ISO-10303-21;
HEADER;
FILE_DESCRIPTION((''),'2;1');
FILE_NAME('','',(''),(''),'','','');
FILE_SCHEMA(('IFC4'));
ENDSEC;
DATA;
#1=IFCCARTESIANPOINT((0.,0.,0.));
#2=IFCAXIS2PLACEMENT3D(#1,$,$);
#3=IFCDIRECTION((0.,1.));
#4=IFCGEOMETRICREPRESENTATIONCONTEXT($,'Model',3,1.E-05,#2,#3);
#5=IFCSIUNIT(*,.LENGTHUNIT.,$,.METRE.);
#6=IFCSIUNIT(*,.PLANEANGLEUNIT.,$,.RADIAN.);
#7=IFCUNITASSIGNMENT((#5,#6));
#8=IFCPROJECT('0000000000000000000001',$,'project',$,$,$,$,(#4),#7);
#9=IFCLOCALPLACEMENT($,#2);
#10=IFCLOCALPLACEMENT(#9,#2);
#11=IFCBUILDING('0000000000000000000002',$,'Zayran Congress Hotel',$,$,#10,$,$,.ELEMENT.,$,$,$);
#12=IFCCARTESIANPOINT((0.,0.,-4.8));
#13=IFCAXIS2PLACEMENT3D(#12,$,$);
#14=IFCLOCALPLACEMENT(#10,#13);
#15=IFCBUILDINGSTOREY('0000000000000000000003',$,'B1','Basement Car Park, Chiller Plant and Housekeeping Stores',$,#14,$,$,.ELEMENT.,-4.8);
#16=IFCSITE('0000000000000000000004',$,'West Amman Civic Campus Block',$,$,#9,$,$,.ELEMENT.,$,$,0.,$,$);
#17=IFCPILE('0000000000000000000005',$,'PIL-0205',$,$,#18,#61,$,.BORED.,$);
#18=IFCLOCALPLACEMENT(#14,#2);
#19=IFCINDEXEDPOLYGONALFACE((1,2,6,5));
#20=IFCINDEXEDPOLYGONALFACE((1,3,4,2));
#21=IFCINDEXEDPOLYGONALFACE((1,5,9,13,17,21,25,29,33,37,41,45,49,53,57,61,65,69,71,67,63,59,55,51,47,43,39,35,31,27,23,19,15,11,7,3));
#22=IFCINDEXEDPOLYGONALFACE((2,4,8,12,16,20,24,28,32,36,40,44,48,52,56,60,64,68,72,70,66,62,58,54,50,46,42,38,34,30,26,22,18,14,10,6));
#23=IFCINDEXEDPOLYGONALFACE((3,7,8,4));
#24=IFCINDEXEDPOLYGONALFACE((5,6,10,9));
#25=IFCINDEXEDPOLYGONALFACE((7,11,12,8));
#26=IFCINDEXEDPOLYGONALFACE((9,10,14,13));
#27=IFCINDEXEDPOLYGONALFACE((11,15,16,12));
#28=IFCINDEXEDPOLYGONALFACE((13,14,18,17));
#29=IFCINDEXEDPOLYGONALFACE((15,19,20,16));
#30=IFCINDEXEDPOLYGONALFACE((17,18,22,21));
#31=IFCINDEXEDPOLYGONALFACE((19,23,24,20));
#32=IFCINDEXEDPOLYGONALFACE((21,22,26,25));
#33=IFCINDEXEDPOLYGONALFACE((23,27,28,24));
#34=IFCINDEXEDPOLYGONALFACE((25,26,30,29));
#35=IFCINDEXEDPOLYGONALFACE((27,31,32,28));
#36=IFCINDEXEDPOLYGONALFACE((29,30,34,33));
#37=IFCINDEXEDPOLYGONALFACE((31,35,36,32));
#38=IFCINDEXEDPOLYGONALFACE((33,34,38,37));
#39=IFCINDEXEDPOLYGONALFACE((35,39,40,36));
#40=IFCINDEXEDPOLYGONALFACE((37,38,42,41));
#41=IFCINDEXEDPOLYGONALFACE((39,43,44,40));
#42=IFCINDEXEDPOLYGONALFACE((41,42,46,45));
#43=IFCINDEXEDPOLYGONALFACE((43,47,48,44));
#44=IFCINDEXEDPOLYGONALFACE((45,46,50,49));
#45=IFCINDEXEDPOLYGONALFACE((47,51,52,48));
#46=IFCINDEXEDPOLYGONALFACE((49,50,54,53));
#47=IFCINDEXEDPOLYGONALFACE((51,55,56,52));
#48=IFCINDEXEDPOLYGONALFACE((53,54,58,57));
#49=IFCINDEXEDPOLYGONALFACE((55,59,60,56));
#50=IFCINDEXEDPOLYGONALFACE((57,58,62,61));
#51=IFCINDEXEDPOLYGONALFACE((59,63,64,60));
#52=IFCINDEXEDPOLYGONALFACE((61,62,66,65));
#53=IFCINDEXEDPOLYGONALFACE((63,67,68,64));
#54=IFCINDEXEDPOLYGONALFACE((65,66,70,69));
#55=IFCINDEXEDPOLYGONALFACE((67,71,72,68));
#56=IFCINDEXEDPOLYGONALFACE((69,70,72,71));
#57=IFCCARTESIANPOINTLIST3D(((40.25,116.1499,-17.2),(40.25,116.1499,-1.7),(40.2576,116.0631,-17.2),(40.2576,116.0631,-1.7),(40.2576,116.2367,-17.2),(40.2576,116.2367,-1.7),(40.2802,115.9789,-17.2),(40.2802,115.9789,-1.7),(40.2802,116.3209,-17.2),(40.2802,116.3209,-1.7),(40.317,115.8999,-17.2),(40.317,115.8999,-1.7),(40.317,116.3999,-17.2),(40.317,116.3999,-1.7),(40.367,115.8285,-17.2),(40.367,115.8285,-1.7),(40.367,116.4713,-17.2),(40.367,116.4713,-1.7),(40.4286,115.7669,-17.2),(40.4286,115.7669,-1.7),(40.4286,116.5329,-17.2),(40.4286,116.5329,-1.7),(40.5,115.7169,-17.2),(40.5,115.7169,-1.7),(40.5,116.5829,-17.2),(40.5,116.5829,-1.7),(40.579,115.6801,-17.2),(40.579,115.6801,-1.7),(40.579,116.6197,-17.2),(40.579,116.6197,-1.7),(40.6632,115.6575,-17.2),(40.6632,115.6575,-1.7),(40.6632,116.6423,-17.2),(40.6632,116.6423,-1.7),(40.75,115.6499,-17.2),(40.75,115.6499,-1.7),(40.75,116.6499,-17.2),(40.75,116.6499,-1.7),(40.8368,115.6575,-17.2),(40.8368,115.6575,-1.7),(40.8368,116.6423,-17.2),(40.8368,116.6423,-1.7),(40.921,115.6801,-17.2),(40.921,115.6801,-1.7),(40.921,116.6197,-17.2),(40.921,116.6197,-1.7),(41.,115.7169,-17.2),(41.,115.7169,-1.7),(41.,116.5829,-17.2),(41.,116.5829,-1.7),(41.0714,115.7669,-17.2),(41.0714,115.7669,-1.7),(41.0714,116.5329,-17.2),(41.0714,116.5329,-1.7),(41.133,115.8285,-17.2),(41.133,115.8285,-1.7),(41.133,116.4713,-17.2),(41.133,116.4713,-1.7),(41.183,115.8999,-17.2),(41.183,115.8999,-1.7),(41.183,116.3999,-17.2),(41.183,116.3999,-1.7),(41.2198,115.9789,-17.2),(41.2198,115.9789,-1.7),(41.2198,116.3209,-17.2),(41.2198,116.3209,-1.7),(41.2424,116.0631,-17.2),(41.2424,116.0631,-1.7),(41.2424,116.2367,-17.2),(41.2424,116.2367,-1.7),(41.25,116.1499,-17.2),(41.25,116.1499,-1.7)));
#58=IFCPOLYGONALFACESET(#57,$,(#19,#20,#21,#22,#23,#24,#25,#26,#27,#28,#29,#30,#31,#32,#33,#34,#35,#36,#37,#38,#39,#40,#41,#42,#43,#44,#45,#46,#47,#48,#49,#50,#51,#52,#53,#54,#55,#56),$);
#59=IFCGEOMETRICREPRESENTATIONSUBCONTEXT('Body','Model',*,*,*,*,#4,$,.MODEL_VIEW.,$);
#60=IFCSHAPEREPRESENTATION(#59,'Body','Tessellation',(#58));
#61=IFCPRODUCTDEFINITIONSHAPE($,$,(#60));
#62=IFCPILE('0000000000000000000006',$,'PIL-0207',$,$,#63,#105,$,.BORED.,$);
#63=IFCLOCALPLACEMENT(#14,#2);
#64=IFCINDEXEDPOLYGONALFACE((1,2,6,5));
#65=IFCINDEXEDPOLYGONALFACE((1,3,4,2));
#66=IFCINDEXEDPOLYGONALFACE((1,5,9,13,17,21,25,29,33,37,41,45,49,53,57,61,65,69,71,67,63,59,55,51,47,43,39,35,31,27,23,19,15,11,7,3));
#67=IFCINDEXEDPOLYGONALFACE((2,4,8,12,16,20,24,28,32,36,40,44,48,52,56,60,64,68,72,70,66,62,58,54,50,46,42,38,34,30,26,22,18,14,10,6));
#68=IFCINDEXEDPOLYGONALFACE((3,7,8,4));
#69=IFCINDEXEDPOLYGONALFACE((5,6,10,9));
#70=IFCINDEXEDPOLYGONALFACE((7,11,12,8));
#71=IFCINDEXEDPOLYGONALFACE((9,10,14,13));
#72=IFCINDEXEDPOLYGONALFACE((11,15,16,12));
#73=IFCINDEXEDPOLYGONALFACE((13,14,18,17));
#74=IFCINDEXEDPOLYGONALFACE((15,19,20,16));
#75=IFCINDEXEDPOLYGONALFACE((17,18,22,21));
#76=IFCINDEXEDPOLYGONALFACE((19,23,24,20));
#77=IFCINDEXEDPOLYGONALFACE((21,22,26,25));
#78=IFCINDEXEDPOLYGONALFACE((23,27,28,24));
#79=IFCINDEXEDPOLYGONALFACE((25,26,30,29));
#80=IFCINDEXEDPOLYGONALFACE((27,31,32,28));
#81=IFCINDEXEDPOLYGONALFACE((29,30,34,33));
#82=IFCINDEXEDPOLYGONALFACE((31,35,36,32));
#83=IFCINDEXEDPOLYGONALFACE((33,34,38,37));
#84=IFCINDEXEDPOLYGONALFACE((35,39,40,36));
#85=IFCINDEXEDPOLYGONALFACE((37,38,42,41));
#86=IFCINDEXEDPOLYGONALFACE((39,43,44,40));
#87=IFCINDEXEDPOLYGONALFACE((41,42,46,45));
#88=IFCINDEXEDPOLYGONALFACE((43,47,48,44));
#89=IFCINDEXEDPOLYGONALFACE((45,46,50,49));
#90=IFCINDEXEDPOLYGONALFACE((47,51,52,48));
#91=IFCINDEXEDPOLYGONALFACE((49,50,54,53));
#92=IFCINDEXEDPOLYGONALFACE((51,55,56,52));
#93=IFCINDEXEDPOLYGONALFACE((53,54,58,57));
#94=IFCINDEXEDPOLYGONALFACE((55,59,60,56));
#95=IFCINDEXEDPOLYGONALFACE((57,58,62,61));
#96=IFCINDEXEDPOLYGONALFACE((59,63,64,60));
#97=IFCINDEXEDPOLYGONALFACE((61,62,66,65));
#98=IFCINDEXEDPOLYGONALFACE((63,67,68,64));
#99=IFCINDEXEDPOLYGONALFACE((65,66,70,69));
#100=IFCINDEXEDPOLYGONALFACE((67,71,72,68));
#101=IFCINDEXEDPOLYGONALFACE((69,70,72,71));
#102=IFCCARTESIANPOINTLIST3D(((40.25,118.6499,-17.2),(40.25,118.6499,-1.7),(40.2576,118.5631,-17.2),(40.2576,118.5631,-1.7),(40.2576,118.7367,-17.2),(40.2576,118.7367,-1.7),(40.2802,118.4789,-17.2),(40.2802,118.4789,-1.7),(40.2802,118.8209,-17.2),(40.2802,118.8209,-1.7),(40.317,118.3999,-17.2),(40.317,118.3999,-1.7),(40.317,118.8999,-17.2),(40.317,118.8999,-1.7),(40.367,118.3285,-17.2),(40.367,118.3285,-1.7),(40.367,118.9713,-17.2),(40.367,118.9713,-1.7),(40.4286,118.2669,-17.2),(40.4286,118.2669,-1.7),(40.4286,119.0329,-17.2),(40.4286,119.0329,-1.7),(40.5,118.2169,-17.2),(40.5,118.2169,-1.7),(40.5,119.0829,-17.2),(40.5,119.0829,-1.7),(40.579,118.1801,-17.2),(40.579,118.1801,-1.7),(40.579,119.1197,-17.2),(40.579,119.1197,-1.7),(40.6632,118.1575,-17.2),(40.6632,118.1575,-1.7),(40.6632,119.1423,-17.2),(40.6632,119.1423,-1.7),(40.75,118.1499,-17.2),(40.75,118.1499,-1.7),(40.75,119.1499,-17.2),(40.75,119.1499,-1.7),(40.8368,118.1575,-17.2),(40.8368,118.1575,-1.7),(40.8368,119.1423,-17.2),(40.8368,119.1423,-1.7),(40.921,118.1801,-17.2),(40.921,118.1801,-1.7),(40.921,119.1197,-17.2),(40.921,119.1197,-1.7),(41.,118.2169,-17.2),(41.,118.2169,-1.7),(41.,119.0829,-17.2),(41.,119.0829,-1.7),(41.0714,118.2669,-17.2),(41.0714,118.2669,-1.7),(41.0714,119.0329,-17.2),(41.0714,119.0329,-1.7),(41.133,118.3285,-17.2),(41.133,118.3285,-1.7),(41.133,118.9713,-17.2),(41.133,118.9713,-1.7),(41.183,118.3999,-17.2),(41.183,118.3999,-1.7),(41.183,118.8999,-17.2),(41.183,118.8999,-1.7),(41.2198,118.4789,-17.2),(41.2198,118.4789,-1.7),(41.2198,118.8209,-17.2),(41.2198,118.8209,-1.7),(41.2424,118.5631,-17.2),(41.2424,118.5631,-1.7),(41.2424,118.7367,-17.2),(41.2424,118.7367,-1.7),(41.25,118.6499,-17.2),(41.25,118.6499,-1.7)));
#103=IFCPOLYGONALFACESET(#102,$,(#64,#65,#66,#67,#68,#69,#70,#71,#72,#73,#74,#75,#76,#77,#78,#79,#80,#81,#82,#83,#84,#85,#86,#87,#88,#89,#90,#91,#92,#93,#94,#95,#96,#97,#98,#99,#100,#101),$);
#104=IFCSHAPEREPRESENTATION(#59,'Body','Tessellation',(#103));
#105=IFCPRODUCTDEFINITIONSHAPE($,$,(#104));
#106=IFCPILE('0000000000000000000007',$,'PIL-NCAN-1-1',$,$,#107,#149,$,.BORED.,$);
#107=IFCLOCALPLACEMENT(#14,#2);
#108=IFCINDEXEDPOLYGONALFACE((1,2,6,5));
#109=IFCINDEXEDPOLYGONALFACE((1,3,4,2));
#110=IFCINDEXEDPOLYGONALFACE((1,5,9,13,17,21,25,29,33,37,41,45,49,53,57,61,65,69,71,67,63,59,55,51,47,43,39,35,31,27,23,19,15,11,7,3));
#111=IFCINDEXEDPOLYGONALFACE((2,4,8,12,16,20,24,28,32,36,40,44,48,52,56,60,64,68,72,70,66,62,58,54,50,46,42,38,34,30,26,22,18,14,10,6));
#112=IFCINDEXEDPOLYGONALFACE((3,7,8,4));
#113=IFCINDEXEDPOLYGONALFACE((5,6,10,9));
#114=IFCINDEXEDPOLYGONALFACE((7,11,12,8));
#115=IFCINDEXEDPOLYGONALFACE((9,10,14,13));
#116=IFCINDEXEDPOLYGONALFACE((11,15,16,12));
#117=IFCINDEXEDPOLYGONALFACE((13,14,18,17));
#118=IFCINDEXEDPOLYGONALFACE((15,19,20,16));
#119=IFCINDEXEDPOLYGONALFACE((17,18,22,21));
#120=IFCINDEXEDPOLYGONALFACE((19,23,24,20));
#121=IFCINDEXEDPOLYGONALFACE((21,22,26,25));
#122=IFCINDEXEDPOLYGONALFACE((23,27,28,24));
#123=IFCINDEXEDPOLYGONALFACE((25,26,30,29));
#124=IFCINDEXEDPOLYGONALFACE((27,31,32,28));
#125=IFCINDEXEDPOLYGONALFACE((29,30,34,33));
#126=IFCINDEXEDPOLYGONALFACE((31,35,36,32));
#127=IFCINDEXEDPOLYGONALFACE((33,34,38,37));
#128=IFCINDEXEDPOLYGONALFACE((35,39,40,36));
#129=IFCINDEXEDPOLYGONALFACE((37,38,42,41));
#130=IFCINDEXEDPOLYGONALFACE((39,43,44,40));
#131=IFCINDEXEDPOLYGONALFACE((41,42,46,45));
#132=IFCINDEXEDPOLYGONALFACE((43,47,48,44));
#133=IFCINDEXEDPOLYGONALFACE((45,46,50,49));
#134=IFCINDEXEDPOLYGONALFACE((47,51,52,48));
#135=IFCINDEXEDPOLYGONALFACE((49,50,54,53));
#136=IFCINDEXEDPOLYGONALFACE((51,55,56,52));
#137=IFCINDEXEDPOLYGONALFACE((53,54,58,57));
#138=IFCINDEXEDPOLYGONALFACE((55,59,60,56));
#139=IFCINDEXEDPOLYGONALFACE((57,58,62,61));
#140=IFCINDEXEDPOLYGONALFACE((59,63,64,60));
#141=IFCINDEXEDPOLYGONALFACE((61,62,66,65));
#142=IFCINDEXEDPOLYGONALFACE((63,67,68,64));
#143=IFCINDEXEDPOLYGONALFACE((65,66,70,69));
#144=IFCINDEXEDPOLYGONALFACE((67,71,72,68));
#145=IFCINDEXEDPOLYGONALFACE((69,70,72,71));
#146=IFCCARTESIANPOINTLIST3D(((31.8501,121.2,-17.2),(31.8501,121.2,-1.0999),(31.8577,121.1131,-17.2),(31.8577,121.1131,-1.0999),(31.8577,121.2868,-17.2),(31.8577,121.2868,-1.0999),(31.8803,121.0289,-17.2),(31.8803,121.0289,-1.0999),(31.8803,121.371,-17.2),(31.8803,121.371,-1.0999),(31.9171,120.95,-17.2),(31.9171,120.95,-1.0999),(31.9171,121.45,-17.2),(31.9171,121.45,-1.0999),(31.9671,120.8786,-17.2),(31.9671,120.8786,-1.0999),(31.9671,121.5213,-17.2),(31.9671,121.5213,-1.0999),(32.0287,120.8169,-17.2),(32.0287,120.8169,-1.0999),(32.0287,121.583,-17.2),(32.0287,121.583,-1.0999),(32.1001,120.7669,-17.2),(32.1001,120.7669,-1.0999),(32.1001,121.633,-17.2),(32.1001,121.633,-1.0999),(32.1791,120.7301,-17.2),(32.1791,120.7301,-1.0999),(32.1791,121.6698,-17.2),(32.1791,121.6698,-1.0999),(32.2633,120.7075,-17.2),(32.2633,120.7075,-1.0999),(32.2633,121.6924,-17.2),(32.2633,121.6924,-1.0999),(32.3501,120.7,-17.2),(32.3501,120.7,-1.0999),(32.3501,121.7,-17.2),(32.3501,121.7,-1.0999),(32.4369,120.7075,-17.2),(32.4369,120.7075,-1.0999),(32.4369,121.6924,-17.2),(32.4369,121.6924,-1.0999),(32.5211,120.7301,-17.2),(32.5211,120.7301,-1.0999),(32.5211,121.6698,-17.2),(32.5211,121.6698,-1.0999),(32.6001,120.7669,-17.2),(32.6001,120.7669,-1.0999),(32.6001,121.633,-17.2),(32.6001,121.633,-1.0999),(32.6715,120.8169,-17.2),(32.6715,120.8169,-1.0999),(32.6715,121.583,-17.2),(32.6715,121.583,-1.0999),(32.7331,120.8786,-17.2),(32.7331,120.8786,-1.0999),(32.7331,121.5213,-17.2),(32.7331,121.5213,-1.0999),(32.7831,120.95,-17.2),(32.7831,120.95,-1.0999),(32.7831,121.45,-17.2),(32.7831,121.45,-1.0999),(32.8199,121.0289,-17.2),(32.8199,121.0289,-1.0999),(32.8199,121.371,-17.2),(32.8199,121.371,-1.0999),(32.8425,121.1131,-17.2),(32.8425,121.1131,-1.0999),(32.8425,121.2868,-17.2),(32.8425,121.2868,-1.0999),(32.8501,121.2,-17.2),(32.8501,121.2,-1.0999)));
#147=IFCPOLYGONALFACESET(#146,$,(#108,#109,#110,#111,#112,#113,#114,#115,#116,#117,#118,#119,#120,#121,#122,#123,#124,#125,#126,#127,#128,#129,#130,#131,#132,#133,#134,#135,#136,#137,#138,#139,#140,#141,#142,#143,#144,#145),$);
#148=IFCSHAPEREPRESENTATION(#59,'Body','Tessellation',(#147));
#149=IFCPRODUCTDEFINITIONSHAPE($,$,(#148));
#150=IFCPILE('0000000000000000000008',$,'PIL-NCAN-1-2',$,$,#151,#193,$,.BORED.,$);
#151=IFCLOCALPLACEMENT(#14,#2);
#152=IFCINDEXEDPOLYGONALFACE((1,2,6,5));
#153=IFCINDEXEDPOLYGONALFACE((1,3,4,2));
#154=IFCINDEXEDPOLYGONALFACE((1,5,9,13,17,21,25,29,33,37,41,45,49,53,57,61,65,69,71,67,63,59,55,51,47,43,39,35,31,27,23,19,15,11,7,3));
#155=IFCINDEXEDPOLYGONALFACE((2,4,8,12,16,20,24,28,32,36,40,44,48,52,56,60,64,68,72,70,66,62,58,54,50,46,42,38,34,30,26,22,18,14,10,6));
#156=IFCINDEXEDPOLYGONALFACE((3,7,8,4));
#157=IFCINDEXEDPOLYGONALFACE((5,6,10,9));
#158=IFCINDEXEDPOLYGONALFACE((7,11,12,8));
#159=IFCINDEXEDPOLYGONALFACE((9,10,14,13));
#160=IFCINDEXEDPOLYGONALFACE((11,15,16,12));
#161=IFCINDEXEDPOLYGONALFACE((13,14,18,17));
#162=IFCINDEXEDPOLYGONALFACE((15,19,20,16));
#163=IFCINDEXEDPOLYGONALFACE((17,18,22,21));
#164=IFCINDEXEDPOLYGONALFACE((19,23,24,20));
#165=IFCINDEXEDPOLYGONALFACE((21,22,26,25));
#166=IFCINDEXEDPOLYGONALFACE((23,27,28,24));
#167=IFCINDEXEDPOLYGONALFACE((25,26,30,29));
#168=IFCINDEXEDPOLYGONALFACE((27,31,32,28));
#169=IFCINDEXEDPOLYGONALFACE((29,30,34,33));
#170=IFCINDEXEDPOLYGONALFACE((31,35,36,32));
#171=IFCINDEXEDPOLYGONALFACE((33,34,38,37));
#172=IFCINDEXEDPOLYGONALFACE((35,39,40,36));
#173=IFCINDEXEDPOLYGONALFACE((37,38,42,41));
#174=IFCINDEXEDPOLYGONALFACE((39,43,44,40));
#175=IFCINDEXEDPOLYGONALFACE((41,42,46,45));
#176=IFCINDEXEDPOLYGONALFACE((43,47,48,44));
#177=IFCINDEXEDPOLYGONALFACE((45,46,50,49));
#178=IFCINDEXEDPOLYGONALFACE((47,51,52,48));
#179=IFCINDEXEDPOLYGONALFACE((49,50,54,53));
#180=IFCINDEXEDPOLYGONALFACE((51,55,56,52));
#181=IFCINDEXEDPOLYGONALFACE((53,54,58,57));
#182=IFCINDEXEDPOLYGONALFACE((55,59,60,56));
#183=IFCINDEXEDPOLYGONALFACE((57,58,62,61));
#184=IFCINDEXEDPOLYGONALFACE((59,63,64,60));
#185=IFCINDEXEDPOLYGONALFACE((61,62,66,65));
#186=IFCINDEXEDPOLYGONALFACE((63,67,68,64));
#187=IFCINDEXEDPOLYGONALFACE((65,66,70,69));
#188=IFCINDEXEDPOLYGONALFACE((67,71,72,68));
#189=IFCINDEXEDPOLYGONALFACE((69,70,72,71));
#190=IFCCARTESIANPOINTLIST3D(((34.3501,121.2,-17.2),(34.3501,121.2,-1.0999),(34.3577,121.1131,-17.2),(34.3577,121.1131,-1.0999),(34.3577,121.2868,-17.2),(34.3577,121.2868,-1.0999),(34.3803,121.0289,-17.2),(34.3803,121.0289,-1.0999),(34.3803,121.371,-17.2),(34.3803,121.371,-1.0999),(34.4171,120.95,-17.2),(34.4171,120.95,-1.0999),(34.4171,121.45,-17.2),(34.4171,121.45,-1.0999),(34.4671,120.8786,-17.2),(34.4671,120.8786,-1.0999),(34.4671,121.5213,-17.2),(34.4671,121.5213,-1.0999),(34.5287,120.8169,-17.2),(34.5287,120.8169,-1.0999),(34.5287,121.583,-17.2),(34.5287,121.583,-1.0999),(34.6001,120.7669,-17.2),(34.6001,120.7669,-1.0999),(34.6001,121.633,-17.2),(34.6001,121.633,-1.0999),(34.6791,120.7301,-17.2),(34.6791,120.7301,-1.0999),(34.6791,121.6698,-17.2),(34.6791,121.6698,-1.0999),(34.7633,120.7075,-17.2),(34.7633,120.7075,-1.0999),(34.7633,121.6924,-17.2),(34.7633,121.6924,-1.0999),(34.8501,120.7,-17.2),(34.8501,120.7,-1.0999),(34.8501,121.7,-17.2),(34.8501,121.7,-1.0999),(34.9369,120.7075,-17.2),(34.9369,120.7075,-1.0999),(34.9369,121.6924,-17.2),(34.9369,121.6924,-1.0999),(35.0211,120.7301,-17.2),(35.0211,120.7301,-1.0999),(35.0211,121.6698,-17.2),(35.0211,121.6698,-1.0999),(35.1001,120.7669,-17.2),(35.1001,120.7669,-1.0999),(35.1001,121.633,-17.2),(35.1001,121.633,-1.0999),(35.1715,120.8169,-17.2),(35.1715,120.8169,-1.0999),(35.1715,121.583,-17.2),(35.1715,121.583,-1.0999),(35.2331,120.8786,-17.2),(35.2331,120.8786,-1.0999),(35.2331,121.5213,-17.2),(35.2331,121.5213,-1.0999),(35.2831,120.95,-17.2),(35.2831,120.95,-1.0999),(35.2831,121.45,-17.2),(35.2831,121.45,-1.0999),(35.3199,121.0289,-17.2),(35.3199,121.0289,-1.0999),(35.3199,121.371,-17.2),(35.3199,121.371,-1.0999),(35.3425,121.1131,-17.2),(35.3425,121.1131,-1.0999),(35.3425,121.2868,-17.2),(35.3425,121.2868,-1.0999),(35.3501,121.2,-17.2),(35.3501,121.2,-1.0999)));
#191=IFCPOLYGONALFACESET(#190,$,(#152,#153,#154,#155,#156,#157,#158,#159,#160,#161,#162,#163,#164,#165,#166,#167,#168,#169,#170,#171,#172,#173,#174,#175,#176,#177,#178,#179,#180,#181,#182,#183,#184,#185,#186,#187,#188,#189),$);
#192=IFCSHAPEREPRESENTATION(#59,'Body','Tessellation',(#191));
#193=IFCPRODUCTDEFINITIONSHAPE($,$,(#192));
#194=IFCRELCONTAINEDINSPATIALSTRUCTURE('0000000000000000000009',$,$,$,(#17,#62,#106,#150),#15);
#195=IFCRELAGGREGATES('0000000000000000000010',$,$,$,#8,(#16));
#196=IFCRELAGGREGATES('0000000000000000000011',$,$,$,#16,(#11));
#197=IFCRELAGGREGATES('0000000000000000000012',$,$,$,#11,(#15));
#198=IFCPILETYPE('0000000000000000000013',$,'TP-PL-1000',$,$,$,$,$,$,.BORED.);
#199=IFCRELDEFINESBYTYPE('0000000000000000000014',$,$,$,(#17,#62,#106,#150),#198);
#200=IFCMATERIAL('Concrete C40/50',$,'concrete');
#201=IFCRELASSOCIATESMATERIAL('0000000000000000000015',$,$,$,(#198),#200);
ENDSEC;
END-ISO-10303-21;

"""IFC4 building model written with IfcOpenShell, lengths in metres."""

from ifc_helpers import new_model, si_unit, direction, frame, origin, origin_2d, place, context, subcontext, project, spatial, circle, extrude, material, material_profile, profile_set, type_object, element, save


model = new_model("IFC4")

# Units and contexts
model_context = context("Model", 3, precision=1e-05, world=origin(), true_north=direction((0.0, 1.0)))
body_context = subcontext(model_context, "Body", "Model", "MODEL_VIEW")
ifc_project = project(units=[si_unit("LENGTHUNIT", "METRE"), si_unit("PLANEANGLEUNIT", "RADIAN")], contexts=[model_context])

# Site, building, storey
site_placement = place(None, origin())
site = spatial("IfcSite", under=ifc_project, at=site_placement, Name="West Amman Civic Campus Block", CompositionType="ELEMENT", RefElevation=0.0)
building_placement = place(site_placement, origin())
building = spatial("IfcBuilding", under=site, at=building_placement, Name="Zayran Congress Hotel", CompositionType="ELEMENT")
storey_placement = place(building_placement, frame((0.0, 0.0, -4.8)))
storey = spatial("IfcBuildingStorey", under=building, at=storey_placement, Name="B1", Description="Basement Car Park, Chiller Plant and Housekeeping Stores", CompositionType="ELEMENT", Elevation=-4.8)

# Piles
ifc_material = material(Name="Concrete C40/50", Category="concrete")
ifc_material_profile_1 = material_profile(ifc_material, circle(Radius=0.5, at=origin_2d()), Name="PILE D1000")
ifc_profile_set_1 = profile_set([ifc_material_profile_1], Name="Concrete C40/50")
pile_type = type_object("IfcPileType", Name="TP-PL-1000", PredefinedType="BORED", material=ifc_profile_set_1)
for number, where, z_axis, x_axis, name in (
    (1, (40.75, 116.1499, -1.7), (0.0, 0.0, -1.0), (1.0, 0.0, 0.0), "PIL-0205"),
    (2, (40.75, 118.6499, -1.7), (0.0, 0.0, -1.0), (1.0, 0.0, 0.0), "PIL-0207"),
):
    element("IfcPile", number, at=place(storey_placement, frame(where, z_axis=z_axis, x_axis=x_axis)), inside=storey, type_object=pile_type, Name=name, PredefinedType="BORED", context=body_context, shape_type="SweptSolid", body=[
        extrude(circle(Radius=0.5, at=origin_2d()), origin(), (0.0, 0.0, 1.0), 15.5),
    ])
for number, where, z_axis, x_axis, name in (
    (3, (32.3501, 121.2, -1.0999), (0.0, 0.0, -1.0), (1.0, 0.0, 0.0), "PIL-NCAN-1-1"),
    (4, (34.8501, 121.2, -1.0999), (0.0, 0.0, -1.0), (1.0, 0.0, 0.0), "PIL-NCAN-1-2"),
):
    element("IfcPile", number, at=place(storey_placement, frame(where, z_axis=z_axis, x_axis=x_axis)), inside=storey, type_object=pile_type, Name=name, PredefinedType="BORED", context=body_context, shape_type="SweptSolid", body=[
        extrude(circle(Radius=0.5, at=origin_2d()), origin(), (0.0, 0.0, 1.0), 16.1001),
    ])

save(model, "model.ifc")
